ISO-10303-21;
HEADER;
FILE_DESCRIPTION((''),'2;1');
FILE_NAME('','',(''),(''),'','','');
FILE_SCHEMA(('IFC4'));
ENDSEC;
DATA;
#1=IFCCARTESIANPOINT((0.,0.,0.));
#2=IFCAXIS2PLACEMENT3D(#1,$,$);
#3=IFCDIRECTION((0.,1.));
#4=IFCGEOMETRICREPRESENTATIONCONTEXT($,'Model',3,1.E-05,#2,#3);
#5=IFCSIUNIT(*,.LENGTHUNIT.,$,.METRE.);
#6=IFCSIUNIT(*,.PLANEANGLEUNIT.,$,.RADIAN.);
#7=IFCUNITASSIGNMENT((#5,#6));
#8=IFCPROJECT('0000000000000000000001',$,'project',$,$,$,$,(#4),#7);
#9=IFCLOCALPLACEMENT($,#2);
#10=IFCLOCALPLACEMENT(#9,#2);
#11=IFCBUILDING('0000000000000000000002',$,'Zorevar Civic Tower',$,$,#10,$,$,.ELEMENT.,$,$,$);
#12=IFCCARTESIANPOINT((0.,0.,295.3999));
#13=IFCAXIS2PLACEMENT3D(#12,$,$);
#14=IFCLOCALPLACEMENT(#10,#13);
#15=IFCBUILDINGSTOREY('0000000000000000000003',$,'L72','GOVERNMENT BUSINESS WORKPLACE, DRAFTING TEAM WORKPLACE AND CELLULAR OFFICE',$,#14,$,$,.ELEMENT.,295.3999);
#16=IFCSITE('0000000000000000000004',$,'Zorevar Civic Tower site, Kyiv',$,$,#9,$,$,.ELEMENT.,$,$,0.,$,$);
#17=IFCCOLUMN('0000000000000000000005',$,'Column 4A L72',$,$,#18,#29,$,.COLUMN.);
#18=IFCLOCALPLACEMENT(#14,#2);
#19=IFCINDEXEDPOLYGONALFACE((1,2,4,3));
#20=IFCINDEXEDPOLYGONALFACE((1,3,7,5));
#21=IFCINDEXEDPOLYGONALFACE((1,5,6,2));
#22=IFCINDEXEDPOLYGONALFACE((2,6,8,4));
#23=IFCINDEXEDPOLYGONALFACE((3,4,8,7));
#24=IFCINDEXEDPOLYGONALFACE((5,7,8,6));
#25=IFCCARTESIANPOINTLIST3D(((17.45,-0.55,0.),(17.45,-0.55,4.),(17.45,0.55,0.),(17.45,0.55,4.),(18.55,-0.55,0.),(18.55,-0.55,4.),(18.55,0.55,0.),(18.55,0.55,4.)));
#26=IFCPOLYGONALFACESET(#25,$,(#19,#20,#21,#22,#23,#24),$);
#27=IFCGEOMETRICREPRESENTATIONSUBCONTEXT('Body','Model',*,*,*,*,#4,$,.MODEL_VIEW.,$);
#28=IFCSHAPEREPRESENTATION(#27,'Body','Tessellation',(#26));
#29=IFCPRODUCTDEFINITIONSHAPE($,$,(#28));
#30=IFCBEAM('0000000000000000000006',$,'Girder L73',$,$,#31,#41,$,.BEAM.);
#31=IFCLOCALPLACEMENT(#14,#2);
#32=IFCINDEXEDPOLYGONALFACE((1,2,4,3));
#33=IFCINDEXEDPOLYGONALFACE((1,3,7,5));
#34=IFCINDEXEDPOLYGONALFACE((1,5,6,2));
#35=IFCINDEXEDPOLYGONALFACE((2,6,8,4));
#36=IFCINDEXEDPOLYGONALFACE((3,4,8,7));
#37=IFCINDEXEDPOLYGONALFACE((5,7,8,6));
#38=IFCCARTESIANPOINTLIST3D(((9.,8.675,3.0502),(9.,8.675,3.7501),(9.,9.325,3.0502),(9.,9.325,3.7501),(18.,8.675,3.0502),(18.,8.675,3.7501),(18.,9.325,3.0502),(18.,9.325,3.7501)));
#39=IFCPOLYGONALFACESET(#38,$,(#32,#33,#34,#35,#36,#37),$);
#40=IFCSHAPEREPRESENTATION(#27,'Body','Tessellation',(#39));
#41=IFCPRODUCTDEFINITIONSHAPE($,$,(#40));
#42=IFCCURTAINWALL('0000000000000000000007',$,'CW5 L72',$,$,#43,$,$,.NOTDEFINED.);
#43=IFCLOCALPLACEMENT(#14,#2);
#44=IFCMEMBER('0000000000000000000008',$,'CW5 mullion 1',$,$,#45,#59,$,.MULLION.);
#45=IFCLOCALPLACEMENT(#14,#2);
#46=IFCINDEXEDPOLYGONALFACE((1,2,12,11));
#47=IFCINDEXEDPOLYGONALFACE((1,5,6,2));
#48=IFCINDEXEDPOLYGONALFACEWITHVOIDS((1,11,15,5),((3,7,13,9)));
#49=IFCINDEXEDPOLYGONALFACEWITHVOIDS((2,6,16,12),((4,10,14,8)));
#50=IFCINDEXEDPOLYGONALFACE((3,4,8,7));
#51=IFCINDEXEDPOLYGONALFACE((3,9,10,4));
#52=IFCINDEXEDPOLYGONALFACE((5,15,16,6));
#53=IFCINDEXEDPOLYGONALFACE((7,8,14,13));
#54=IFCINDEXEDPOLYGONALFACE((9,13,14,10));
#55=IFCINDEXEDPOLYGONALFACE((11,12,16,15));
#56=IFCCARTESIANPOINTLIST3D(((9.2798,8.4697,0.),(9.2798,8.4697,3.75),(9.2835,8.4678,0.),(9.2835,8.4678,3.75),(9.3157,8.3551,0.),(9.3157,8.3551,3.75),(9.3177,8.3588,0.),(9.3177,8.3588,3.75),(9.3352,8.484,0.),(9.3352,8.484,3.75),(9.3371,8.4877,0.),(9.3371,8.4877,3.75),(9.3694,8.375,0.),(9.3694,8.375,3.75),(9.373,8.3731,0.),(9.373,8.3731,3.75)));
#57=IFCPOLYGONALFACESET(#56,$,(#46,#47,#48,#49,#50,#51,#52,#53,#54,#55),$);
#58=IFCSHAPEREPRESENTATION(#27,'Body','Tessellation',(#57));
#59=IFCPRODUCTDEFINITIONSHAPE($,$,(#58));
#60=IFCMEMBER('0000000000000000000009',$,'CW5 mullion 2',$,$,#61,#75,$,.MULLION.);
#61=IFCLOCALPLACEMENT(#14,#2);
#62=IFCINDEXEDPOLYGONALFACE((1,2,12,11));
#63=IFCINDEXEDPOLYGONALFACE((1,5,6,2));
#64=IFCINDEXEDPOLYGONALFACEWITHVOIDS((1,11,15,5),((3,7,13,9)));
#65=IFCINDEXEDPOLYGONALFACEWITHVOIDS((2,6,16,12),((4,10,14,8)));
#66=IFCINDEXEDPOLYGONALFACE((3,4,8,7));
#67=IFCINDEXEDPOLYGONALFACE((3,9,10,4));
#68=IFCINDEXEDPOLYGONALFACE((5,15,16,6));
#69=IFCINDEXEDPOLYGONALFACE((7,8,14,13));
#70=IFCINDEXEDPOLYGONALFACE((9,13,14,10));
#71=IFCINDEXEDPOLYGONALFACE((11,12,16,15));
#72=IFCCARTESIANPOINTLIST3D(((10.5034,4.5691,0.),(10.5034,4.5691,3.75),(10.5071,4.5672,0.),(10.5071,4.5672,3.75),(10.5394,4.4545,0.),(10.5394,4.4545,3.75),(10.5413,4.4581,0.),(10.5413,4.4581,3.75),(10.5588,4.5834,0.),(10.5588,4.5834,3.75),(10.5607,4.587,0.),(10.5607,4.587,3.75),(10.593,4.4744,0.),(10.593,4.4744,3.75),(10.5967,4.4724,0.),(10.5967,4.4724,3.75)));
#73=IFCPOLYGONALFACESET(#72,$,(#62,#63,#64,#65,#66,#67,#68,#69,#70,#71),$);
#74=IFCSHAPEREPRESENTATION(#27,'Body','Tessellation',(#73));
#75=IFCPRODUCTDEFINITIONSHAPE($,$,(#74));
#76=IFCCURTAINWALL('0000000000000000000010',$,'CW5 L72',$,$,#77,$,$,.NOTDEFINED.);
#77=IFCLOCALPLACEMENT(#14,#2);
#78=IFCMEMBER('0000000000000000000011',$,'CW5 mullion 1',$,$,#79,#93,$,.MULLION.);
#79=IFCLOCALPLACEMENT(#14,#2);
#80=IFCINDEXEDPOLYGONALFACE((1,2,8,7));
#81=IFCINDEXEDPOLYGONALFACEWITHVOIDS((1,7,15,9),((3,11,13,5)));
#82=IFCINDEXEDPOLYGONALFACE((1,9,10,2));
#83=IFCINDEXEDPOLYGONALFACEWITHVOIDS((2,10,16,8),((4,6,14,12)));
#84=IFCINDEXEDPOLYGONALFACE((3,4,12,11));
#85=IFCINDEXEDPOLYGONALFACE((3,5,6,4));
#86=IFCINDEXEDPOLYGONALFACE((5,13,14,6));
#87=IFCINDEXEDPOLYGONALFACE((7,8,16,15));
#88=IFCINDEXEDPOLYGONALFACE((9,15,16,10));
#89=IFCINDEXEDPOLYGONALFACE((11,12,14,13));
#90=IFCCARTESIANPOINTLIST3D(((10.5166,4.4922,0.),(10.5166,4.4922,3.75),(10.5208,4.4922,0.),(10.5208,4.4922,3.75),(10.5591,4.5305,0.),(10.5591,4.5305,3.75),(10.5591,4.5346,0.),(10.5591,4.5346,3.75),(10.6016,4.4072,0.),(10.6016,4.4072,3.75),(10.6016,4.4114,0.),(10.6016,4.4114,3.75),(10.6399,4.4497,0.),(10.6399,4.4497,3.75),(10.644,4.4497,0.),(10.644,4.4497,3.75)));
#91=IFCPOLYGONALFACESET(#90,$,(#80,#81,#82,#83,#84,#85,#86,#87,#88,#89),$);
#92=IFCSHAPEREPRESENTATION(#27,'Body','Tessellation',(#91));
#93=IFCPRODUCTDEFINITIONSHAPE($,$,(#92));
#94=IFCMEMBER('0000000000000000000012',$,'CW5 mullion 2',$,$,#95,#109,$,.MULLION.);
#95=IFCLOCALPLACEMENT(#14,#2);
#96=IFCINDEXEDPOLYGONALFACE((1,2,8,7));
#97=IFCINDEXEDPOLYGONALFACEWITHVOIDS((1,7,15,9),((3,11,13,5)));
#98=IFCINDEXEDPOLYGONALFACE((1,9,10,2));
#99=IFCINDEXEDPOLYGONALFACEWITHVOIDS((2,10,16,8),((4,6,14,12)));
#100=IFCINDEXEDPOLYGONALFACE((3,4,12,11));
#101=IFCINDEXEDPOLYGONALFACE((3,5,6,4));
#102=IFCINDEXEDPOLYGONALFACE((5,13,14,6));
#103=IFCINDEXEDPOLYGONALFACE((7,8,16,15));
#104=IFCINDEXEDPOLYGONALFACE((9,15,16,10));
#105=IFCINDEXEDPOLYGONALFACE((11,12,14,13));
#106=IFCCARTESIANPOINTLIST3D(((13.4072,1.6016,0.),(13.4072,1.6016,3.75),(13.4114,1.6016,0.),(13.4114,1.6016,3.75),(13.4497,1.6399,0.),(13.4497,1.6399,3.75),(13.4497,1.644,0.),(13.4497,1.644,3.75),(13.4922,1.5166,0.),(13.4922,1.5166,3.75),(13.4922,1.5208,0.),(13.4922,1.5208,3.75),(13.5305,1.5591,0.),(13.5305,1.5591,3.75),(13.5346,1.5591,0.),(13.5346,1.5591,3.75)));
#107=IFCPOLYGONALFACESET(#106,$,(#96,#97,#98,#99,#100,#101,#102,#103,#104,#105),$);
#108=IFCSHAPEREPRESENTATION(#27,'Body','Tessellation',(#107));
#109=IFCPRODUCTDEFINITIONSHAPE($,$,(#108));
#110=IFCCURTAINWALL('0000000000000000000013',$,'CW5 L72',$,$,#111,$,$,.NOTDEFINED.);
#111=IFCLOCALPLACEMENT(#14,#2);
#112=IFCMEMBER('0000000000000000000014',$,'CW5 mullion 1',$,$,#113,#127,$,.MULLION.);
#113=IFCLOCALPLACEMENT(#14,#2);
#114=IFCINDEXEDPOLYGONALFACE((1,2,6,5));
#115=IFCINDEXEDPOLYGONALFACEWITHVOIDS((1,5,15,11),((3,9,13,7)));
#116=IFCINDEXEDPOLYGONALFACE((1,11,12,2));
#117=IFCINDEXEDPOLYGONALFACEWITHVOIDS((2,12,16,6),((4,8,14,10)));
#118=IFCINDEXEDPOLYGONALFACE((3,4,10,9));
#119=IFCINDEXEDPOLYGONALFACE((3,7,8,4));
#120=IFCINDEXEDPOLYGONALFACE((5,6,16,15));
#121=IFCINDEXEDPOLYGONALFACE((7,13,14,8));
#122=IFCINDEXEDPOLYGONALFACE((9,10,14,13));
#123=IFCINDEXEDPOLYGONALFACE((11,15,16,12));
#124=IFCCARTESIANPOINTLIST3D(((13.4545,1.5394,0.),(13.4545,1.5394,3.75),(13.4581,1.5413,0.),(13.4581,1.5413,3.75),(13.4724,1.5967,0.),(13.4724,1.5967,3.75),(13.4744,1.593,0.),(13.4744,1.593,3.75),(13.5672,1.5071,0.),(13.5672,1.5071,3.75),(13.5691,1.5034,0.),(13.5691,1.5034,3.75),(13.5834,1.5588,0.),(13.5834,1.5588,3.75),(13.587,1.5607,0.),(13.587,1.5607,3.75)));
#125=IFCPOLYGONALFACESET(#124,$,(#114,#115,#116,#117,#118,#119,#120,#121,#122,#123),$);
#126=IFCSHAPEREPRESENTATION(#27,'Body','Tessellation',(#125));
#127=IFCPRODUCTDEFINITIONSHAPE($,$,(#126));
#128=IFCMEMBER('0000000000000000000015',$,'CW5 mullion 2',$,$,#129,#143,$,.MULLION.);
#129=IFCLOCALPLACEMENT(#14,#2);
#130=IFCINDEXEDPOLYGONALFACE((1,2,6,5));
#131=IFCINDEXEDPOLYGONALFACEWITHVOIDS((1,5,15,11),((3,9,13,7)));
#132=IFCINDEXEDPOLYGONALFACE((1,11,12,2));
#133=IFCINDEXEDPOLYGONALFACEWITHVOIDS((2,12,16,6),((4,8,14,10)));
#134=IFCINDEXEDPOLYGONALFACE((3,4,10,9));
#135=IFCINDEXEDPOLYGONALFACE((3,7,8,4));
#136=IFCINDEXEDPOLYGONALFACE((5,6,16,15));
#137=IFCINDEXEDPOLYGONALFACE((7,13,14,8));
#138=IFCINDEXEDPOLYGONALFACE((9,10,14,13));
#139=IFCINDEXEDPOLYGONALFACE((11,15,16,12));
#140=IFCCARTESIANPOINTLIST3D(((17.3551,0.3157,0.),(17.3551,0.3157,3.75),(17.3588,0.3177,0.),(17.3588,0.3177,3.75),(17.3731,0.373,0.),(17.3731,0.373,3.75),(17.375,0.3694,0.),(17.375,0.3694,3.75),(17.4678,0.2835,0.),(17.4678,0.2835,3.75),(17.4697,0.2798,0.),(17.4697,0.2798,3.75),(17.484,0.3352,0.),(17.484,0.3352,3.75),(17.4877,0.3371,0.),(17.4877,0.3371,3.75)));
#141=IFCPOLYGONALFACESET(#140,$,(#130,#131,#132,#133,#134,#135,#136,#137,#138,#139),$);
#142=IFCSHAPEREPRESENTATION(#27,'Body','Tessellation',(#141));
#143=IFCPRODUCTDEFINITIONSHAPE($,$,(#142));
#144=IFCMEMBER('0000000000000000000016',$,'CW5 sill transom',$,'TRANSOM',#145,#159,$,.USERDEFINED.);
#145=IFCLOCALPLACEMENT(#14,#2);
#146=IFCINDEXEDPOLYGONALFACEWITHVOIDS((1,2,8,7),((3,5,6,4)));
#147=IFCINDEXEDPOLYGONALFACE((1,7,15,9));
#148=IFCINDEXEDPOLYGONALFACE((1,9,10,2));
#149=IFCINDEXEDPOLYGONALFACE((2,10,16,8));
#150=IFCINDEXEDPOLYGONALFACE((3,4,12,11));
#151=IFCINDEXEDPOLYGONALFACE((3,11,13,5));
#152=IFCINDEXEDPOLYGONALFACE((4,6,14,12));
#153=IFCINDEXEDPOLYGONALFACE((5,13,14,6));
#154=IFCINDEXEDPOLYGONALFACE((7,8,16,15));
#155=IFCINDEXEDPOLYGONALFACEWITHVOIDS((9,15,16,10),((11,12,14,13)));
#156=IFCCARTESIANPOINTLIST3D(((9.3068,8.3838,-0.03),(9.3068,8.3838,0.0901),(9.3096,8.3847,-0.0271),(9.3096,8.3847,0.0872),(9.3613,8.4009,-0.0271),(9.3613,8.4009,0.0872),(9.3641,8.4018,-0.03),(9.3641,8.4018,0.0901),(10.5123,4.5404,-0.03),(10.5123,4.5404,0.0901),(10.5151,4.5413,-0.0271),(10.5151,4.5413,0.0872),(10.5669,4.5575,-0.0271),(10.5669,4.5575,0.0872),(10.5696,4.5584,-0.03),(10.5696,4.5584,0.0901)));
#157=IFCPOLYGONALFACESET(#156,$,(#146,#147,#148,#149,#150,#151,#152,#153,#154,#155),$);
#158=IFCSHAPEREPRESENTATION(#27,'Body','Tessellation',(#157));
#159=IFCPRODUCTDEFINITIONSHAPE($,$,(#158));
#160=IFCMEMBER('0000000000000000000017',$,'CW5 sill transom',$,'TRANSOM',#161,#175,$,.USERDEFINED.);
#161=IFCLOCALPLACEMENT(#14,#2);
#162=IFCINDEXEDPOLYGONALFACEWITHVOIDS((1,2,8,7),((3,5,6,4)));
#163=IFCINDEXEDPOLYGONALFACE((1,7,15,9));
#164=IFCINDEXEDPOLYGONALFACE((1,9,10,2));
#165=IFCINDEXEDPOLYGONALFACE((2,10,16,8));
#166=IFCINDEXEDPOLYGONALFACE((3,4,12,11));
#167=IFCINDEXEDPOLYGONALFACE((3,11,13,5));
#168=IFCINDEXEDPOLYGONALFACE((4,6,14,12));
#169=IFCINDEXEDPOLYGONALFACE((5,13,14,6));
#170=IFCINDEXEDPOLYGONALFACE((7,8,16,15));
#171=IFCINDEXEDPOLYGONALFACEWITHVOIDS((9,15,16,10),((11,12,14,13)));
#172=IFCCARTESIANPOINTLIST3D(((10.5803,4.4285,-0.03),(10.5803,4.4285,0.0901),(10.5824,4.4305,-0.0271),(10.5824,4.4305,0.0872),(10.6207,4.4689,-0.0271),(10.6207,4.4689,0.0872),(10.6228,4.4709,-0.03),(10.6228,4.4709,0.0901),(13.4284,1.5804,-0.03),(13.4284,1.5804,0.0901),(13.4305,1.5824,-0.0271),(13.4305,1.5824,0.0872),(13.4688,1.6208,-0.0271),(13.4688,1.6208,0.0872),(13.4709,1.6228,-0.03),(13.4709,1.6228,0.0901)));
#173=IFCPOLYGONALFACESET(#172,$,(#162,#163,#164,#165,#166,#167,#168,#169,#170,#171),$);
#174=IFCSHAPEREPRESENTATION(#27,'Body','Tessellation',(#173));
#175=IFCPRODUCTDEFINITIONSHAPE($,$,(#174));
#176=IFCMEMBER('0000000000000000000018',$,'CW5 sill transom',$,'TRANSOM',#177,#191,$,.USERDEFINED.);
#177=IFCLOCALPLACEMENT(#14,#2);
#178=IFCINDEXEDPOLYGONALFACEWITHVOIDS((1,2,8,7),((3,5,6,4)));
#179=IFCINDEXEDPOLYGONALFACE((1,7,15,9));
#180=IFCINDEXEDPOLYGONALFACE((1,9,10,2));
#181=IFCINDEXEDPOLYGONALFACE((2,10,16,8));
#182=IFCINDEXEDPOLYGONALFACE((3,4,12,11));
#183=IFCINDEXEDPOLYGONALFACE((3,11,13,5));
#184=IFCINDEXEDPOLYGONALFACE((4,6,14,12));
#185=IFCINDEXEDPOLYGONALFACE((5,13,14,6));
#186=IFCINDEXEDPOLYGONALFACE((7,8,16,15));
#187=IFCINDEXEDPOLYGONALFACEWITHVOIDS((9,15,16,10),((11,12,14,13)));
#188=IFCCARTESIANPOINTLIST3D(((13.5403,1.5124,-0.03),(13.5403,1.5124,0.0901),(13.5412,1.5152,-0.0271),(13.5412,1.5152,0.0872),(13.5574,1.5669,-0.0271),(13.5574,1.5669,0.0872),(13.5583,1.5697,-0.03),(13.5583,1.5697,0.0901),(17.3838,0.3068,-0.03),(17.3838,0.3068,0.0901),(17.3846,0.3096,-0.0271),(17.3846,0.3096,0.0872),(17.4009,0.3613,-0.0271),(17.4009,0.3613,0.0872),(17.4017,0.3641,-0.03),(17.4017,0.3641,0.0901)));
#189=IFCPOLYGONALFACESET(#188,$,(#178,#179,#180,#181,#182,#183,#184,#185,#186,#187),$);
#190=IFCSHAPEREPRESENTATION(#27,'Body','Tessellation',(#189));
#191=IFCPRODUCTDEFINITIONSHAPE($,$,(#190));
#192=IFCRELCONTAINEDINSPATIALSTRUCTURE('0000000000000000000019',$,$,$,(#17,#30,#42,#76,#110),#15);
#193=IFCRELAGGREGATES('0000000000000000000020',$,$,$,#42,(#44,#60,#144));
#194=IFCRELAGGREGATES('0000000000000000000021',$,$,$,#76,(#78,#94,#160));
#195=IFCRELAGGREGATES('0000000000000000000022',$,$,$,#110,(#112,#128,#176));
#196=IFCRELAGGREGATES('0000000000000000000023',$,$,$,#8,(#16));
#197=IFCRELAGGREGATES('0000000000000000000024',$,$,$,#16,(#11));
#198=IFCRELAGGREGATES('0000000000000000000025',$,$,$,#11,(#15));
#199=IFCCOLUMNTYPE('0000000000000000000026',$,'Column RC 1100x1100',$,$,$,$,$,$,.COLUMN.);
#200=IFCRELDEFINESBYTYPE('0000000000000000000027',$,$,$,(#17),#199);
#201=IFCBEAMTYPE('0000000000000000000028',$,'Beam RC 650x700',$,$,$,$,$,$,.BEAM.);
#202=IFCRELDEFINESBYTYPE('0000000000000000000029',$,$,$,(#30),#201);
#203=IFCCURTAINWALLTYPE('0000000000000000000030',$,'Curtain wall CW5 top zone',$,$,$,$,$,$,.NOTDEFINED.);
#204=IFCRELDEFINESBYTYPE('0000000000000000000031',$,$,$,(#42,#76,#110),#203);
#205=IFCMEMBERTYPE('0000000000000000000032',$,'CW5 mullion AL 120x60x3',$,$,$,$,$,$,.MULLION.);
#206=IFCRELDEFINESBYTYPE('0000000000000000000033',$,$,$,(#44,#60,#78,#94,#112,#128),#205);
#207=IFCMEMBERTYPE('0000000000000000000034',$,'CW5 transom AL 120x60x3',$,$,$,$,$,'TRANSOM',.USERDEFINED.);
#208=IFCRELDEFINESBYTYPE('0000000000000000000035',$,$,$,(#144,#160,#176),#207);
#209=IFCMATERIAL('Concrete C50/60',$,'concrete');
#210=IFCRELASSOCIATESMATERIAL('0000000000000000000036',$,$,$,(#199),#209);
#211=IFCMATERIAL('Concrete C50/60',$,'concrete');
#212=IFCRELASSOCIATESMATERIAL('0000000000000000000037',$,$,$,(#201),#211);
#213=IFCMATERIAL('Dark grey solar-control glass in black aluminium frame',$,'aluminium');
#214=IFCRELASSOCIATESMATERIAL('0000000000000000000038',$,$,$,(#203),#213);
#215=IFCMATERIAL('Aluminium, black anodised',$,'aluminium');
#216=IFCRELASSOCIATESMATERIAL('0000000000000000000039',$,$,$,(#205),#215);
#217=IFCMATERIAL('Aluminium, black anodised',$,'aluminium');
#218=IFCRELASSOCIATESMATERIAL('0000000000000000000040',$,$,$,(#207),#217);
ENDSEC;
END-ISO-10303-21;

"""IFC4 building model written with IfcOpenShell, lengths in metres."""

from ifc_helpers import new_model, si_unit, direction, frame, origin, origin_2d, place, context, subcontext, project, spatial, rectangle, hollow_rectangle, extrude, material, material_profile, profile_set, type_object, element, aggregate, save


model = new_model("IFC4")

# Units and contexts
model_context = context("Model", 3, precision=1e-05, world=origin(), true_north=direction((0.0, 1.0)))
body_context = subcontext(model_context, "Body", "Model", "MODEL_VIEW")
ifc_project = project(units=[si_unit("LENGTHUNIT", "METRE"), si_unit("PLANEANGLEUNIT", "RADIAN")], contexts=[model_context])

# Site, building, storey
site_placement = place(None, origin())
site = spatial("IfcSite", under=ifc_project, at=site_placement, Name="Zorevar Civic Tower site, Kyiv", CompositionType="ELEMENT", RefElevation=0.0)
building_placement = place(site_placement, origin())
building = spatial("IfcBuilding", under=site, at=building_placement, Name="Zorevar Civic Tower", CompositionType="ELEMENT")
storey_placement = place(building_placement, frame((0.0, 0.0, 295.3999)))
storey = spatial("IfcBuildingStorey", under=building, at=storey_placement, Name="L72", Description="GOVERNMENT BUSINESS WORKPLACE, DRAFTING TEAM WORKPLACE AND CELLULAR OFFICE", CompositionType="ELEMENT", Elevation=295.3999)

# Column
ifc_material_1 = material(Name="Concrete C50/60", Category="concrete")
ifc_material_profile_1 = material_profile(ifc_material_1, rectangle(XDim=1.1001, YDim=1.1001, at=origin_2d()), Name="RC 1100x1100")
ifc_profile_set_1 = profile_set([ifc_material_profile_1], Name="Concrete C50/60")
column_type = type_object("IfcColumnType", Name="Column RC 1100x1100", PredefinedType="COLUMN", material=ifc_profile_set_1)
column_placement = place(storey_placement, frame((18.0, 0.0, 0.0), z_axis=(0.0, 0.0, 1.0), x_axis=(1.0, 0.0, 0.0)))
element("IfcColumn", 1, at=column_placement, inside=storey, type_object=column_type, Name="Column 4A L72", PredefinedType="COLUMN", context=body_context, shape_type="SweptSolid", body=[
    extrude(rectangle(XDim=1.1001, YDim=1.1001, at=origin_2d()), origin(), (0.0, 0.0, 1.0), 4.0),
])

# Beam
ifc_material_2 = material(Name="Concrete C50/60", Category="concrete")
ifc_material_profile_2 = material_profile(ifc_material_2, rectangle(XDim=0.6499, YDim=0.7, at=origin_2d()), Name="RC 650x700")
ifc_profile_set_2 = profile_set([ifc_material_profile_2], Name="Concrete C50/60")
beam_type_1 = type_object("IfcBeamType", Name="Beam RC 650x700", PredefinedType="BEAM", material=ifc_profile_set_2)
beam_1_placement = place(storey_placement, frame((9.0, 9.0, 3.4001), z_axis=(1.0, 0.0, 0.0), x_axis=(0.0, 1.0, 0.0)))
element("IfcBeam", 2, at=beam_1_placement, inside=storey, type_object=beam_type_1, Name="Girder L73", PredefinedType="BEAM", context=body_context, shape_type="SweptSolid", body=[
    extrude(rectangle(XDim=0.6499, YDim=0.7, at=origin_2d()), origin(), (0.0, 0.0, 1.0), 9.0),
])

# Curtain walls, members
ifc_material_3 = material(Name="Dark grey solar-control glass in black aluminium frame", Category="aluminium")
curtain_wall_type = type_object("IfcCurtainWallType", Name="Curtain wall CW5 top zone", PredefinedType="NOTDEFINED", material=ifc_material_3)
curtain_wall_1_placement = place(storey_placement, origin())
curtain_wall_1 = element("IfcCurtainWall", 3, at=curtain_wall_1_placement, inside=storey, type_object=curtain_wall_type, Name="CW5 L72", PredefinedType="NOTDEFINED")
ifc_material_4 = material(Name="Aluminium, black anodised", Category="aluminium")
ifc_material_profile_3 = material_profile(ifc_material_4, hollow_rectangle(XDim=0.0601, YDim=0.1201, WallThickness=0.0029, at=origin_2d()), Name="AL 120x60x3")
ifc_profile_set_3 = profile_set([ifc_material_profile_3], Name="Aluminium, black anodised")
member_type_1 = type_object("IfcMemberType", Name="CW5 mullion AL 120x60x3", PredefinedType="MULLION", material=ifc_profile_set_3)
member_1_placement = place(storey_placement, frame((9.3264, 8.4214, 0.0), z_axis=(0.0, 0.0, 1.0), x_axis=(0.954153, 0.299318, 0.0)))
member_1 = element("IfcMember", 4, at=member_1_placement, type_object=member_type_1, Name="CW5 mullion 1", PredefinedType="MULLION", context=body_context, shape_type="SweptSolid", body=[
    extrude(hollow_rectangle(XDim=0.0601, YDim=0.1201, WallThickness=0.0029, at=origin_2d()), origin(), (0.0, 0.0, 1.0), 3.75),
])
member_2_placement = place(storey_placement, frame((10.55, 4.5208, 0.0), z_axis=(0.0, 0.0, 1.0), x_axis=(0.954153, 0.299318, 0.0)))
member_2 = element("IfcMember", 5, at=member_2_placement, type_object=member_type_1, Name="CW5 mullion 2", PredefinedType="MULLION", context=body_context, shape_type="SweptSolid", body=[
    extrude(hollow_rectangle(XDim=0.0601, YDim=0.1201, WallThickness=0.0029, at=origin_2d()), origin(), (0.0, 0.0, 1.0), 3.75),
])
curtain_wall_2_placement = place(storey_placement, origin())
curtain_wall_2 = element("IfcCurtainWall", 6, at=curtain_wall_2_placement, inside=storey, type_object=curtain_wall_type, Name="CW5 L72", PredefinedType="NOTDEFINED")
member_3_placement = place(storey_placement, frame((10.5803, 4.4709, 0.0), z_axis=(0.0, 0.0, 1.0), x_axis=(0.707107, 0.707107, 0.0)))
member_3 = element("IfcMember", 7, at=member_3_placement, type_object=member_type_1, Name="CW5 mullion 1", PredefinedType="MULLION", context=body_context, shape_type="SweptSolid", body=[
    extrude(hollow_rectangle(XDim=0.0601, YDim=0.1201, WallThickness=0.0029, at=origin_2d()), origin(), (0.0, 0.0, 1.0), 3.75),
])
member_4_placement = place(storey_placement, frame((13.4709, 1.5803, 0.0), z_axis=(0.0, 0.0, 1.0), x_axis=(0.707107, 0.707107, 0.0)))
member_4 = element("IfcMember", 8, at=member_4_placement, type_object=member_type_1, Name="CW5 mullion 2", PredefinedType="MULLION", context=body_context, shape_type="SweptSolid", body=[
    extrude(hollow_rectangle(XDim=0.0601, YDim=0.1201, WallThickness=0.0029, at=origin_2d()), origin(), (0.0, 0.0, 1.0), 3.75),
])
curtain_wall_3_placement = place(storey_placement, origin())
curtain_wall_3 = element("IfcCurtainWall", 9, at=curtain_wall_3_placement, inside=storey, type_object=curtain_wall_type, Name="CW5 L72", PredefinedType="NOTDEFINED")
member_5_placement = place(storey_placement, frame((13.5208, 1.55, 0.0), z_axis=(0.0, 0.0, 1.0), x_axis=(0.299318, 0.954153, 0.0)))
member_5 = element("IfcMember", 10, at=member_5_placement, type_object=member_type_1, Name="CW5 mullion 1", PredefinedType="MULLION", context=body_context, shape_type="SweptSolid", body=[
    extrude(hollow_rectangle(XDim=0.0601, YDim=0.1201, WallThickness=0.0029, at=origin_2d()), origin(), (0.0, 0.0, 1.0), 3.75),
])
member_6_placement = place(storey_placement, frame((17.4214, 0.3264, 0.0), z_axis=(0.0, 0.0, 1.0), x_axis=(0.299318, 0.954153, 0.0)))
member_6 = element("IfcMember", 11, at=member_6_placement, type_object=member_type_1, Name="CW5 mullion 2", PredefinedType="MULLION", context=body_context, shape_type="SweptSolid", body=[
    extrude(hollow_rectangle(XDim=0.0601, YDim=0.1201, WallThickness=0.0029, at=origin_2d()), origin(), (0.0, 0.0, 1.0), 3.75),
])

# Members
ifc_material_5 = material(Name="Aluminium, black anodised", Category="aluminium")
ifc_material_profile_4 = material_profile(ifc_material_5, hollow_rectangle(XDim=0.0601, YDim=0.1201, WallThickness=0.0029, at=origin_2d()), Name="AL 120x60x3")
ifc_profile_set_4 = profile_set([ifc_material_profile_4], Name="Aluminium, black anodised")
member_type_2 = type_object("IfcMemberType", Name="CW5 transom AL 120x60x3", ElementType="TRANSOM", PredefinedType="USERDEFINED", material=ifc_profile_set_4)
member_7_placement = place(storey_placement, frame((9.3354, 8.3928, 0.03), z_axis=(0.299286, -0.954163, 0.0), x_axis=(0.954163, 0.299286, 0.0)))
member_7 = element("IfcMember", 12, at=member_7_placement, type_object=member_type_2, Name="CW5 sill transom", ObjectType="TRANSOM", PredefinedType="USERDEFINED", context=body_context, shape_type="SweptSolid", body=[
    extrude(hollow_rectangle(XDim=0.0601, YDim=0.1201, WallThickness=0.0029, at=origin_2d()), origin(), (0.0, 0.0, 1.0), 4.0281),
])
member_8_placement = place(storey_placement, frame((10.6016, 4.4497, 0.03), z_axis=(0.707107, -0.707107, 0.0), x_axis=(0.707107, 0.707107, 0.0)))
member_8 = element("IfcMember", 13, at=member_8_placement, type_object=member_type_2, Name="CW5 sill transom", ObjectType="TRANSOM", PredefinedType="USERDEFINED", context=body_context, shape_type="SweptSolid", body=[
    extrude(hollow_rectangle(XDim=0.0601, YDim=0.1201, WallThickness=0.0029, at=origin_2d()), origin(), (0.0, 0.0, 1.0), 4.0278),
])
member_9_placement = place(storey_placement, frame((13.5493, 1.541, 0.03), z_axis=(0.954163, -0.299286, 0.0), x_axis=(0.299286, 0.954163, 0.0)))
member_9 = element("IfcMember", 14, at=member_9_placement, type_object=member_type_2, Name="CW5 sill transom", ObjectType="TRANSOM", PredefinedType="USERDEFINED", context=body_context, shape_type="SweptSolid", body=[
    extrude(hollow_rectangle(XDim=0.0601, YDim=0.1201, WallThickness=0.0029, at=origin_2d()), origin(), (0.0, 0.0, 1.0), 4.0281),
])

aggregate(curtain_wall_1, [member_1, member_2, member_7])
aggregate(curtain_wall_2, [member_3, member_4, member_8])
aggregate(curtain_wall_3, [member_5, member_6, member_9])

save(model, "model.ifc")
